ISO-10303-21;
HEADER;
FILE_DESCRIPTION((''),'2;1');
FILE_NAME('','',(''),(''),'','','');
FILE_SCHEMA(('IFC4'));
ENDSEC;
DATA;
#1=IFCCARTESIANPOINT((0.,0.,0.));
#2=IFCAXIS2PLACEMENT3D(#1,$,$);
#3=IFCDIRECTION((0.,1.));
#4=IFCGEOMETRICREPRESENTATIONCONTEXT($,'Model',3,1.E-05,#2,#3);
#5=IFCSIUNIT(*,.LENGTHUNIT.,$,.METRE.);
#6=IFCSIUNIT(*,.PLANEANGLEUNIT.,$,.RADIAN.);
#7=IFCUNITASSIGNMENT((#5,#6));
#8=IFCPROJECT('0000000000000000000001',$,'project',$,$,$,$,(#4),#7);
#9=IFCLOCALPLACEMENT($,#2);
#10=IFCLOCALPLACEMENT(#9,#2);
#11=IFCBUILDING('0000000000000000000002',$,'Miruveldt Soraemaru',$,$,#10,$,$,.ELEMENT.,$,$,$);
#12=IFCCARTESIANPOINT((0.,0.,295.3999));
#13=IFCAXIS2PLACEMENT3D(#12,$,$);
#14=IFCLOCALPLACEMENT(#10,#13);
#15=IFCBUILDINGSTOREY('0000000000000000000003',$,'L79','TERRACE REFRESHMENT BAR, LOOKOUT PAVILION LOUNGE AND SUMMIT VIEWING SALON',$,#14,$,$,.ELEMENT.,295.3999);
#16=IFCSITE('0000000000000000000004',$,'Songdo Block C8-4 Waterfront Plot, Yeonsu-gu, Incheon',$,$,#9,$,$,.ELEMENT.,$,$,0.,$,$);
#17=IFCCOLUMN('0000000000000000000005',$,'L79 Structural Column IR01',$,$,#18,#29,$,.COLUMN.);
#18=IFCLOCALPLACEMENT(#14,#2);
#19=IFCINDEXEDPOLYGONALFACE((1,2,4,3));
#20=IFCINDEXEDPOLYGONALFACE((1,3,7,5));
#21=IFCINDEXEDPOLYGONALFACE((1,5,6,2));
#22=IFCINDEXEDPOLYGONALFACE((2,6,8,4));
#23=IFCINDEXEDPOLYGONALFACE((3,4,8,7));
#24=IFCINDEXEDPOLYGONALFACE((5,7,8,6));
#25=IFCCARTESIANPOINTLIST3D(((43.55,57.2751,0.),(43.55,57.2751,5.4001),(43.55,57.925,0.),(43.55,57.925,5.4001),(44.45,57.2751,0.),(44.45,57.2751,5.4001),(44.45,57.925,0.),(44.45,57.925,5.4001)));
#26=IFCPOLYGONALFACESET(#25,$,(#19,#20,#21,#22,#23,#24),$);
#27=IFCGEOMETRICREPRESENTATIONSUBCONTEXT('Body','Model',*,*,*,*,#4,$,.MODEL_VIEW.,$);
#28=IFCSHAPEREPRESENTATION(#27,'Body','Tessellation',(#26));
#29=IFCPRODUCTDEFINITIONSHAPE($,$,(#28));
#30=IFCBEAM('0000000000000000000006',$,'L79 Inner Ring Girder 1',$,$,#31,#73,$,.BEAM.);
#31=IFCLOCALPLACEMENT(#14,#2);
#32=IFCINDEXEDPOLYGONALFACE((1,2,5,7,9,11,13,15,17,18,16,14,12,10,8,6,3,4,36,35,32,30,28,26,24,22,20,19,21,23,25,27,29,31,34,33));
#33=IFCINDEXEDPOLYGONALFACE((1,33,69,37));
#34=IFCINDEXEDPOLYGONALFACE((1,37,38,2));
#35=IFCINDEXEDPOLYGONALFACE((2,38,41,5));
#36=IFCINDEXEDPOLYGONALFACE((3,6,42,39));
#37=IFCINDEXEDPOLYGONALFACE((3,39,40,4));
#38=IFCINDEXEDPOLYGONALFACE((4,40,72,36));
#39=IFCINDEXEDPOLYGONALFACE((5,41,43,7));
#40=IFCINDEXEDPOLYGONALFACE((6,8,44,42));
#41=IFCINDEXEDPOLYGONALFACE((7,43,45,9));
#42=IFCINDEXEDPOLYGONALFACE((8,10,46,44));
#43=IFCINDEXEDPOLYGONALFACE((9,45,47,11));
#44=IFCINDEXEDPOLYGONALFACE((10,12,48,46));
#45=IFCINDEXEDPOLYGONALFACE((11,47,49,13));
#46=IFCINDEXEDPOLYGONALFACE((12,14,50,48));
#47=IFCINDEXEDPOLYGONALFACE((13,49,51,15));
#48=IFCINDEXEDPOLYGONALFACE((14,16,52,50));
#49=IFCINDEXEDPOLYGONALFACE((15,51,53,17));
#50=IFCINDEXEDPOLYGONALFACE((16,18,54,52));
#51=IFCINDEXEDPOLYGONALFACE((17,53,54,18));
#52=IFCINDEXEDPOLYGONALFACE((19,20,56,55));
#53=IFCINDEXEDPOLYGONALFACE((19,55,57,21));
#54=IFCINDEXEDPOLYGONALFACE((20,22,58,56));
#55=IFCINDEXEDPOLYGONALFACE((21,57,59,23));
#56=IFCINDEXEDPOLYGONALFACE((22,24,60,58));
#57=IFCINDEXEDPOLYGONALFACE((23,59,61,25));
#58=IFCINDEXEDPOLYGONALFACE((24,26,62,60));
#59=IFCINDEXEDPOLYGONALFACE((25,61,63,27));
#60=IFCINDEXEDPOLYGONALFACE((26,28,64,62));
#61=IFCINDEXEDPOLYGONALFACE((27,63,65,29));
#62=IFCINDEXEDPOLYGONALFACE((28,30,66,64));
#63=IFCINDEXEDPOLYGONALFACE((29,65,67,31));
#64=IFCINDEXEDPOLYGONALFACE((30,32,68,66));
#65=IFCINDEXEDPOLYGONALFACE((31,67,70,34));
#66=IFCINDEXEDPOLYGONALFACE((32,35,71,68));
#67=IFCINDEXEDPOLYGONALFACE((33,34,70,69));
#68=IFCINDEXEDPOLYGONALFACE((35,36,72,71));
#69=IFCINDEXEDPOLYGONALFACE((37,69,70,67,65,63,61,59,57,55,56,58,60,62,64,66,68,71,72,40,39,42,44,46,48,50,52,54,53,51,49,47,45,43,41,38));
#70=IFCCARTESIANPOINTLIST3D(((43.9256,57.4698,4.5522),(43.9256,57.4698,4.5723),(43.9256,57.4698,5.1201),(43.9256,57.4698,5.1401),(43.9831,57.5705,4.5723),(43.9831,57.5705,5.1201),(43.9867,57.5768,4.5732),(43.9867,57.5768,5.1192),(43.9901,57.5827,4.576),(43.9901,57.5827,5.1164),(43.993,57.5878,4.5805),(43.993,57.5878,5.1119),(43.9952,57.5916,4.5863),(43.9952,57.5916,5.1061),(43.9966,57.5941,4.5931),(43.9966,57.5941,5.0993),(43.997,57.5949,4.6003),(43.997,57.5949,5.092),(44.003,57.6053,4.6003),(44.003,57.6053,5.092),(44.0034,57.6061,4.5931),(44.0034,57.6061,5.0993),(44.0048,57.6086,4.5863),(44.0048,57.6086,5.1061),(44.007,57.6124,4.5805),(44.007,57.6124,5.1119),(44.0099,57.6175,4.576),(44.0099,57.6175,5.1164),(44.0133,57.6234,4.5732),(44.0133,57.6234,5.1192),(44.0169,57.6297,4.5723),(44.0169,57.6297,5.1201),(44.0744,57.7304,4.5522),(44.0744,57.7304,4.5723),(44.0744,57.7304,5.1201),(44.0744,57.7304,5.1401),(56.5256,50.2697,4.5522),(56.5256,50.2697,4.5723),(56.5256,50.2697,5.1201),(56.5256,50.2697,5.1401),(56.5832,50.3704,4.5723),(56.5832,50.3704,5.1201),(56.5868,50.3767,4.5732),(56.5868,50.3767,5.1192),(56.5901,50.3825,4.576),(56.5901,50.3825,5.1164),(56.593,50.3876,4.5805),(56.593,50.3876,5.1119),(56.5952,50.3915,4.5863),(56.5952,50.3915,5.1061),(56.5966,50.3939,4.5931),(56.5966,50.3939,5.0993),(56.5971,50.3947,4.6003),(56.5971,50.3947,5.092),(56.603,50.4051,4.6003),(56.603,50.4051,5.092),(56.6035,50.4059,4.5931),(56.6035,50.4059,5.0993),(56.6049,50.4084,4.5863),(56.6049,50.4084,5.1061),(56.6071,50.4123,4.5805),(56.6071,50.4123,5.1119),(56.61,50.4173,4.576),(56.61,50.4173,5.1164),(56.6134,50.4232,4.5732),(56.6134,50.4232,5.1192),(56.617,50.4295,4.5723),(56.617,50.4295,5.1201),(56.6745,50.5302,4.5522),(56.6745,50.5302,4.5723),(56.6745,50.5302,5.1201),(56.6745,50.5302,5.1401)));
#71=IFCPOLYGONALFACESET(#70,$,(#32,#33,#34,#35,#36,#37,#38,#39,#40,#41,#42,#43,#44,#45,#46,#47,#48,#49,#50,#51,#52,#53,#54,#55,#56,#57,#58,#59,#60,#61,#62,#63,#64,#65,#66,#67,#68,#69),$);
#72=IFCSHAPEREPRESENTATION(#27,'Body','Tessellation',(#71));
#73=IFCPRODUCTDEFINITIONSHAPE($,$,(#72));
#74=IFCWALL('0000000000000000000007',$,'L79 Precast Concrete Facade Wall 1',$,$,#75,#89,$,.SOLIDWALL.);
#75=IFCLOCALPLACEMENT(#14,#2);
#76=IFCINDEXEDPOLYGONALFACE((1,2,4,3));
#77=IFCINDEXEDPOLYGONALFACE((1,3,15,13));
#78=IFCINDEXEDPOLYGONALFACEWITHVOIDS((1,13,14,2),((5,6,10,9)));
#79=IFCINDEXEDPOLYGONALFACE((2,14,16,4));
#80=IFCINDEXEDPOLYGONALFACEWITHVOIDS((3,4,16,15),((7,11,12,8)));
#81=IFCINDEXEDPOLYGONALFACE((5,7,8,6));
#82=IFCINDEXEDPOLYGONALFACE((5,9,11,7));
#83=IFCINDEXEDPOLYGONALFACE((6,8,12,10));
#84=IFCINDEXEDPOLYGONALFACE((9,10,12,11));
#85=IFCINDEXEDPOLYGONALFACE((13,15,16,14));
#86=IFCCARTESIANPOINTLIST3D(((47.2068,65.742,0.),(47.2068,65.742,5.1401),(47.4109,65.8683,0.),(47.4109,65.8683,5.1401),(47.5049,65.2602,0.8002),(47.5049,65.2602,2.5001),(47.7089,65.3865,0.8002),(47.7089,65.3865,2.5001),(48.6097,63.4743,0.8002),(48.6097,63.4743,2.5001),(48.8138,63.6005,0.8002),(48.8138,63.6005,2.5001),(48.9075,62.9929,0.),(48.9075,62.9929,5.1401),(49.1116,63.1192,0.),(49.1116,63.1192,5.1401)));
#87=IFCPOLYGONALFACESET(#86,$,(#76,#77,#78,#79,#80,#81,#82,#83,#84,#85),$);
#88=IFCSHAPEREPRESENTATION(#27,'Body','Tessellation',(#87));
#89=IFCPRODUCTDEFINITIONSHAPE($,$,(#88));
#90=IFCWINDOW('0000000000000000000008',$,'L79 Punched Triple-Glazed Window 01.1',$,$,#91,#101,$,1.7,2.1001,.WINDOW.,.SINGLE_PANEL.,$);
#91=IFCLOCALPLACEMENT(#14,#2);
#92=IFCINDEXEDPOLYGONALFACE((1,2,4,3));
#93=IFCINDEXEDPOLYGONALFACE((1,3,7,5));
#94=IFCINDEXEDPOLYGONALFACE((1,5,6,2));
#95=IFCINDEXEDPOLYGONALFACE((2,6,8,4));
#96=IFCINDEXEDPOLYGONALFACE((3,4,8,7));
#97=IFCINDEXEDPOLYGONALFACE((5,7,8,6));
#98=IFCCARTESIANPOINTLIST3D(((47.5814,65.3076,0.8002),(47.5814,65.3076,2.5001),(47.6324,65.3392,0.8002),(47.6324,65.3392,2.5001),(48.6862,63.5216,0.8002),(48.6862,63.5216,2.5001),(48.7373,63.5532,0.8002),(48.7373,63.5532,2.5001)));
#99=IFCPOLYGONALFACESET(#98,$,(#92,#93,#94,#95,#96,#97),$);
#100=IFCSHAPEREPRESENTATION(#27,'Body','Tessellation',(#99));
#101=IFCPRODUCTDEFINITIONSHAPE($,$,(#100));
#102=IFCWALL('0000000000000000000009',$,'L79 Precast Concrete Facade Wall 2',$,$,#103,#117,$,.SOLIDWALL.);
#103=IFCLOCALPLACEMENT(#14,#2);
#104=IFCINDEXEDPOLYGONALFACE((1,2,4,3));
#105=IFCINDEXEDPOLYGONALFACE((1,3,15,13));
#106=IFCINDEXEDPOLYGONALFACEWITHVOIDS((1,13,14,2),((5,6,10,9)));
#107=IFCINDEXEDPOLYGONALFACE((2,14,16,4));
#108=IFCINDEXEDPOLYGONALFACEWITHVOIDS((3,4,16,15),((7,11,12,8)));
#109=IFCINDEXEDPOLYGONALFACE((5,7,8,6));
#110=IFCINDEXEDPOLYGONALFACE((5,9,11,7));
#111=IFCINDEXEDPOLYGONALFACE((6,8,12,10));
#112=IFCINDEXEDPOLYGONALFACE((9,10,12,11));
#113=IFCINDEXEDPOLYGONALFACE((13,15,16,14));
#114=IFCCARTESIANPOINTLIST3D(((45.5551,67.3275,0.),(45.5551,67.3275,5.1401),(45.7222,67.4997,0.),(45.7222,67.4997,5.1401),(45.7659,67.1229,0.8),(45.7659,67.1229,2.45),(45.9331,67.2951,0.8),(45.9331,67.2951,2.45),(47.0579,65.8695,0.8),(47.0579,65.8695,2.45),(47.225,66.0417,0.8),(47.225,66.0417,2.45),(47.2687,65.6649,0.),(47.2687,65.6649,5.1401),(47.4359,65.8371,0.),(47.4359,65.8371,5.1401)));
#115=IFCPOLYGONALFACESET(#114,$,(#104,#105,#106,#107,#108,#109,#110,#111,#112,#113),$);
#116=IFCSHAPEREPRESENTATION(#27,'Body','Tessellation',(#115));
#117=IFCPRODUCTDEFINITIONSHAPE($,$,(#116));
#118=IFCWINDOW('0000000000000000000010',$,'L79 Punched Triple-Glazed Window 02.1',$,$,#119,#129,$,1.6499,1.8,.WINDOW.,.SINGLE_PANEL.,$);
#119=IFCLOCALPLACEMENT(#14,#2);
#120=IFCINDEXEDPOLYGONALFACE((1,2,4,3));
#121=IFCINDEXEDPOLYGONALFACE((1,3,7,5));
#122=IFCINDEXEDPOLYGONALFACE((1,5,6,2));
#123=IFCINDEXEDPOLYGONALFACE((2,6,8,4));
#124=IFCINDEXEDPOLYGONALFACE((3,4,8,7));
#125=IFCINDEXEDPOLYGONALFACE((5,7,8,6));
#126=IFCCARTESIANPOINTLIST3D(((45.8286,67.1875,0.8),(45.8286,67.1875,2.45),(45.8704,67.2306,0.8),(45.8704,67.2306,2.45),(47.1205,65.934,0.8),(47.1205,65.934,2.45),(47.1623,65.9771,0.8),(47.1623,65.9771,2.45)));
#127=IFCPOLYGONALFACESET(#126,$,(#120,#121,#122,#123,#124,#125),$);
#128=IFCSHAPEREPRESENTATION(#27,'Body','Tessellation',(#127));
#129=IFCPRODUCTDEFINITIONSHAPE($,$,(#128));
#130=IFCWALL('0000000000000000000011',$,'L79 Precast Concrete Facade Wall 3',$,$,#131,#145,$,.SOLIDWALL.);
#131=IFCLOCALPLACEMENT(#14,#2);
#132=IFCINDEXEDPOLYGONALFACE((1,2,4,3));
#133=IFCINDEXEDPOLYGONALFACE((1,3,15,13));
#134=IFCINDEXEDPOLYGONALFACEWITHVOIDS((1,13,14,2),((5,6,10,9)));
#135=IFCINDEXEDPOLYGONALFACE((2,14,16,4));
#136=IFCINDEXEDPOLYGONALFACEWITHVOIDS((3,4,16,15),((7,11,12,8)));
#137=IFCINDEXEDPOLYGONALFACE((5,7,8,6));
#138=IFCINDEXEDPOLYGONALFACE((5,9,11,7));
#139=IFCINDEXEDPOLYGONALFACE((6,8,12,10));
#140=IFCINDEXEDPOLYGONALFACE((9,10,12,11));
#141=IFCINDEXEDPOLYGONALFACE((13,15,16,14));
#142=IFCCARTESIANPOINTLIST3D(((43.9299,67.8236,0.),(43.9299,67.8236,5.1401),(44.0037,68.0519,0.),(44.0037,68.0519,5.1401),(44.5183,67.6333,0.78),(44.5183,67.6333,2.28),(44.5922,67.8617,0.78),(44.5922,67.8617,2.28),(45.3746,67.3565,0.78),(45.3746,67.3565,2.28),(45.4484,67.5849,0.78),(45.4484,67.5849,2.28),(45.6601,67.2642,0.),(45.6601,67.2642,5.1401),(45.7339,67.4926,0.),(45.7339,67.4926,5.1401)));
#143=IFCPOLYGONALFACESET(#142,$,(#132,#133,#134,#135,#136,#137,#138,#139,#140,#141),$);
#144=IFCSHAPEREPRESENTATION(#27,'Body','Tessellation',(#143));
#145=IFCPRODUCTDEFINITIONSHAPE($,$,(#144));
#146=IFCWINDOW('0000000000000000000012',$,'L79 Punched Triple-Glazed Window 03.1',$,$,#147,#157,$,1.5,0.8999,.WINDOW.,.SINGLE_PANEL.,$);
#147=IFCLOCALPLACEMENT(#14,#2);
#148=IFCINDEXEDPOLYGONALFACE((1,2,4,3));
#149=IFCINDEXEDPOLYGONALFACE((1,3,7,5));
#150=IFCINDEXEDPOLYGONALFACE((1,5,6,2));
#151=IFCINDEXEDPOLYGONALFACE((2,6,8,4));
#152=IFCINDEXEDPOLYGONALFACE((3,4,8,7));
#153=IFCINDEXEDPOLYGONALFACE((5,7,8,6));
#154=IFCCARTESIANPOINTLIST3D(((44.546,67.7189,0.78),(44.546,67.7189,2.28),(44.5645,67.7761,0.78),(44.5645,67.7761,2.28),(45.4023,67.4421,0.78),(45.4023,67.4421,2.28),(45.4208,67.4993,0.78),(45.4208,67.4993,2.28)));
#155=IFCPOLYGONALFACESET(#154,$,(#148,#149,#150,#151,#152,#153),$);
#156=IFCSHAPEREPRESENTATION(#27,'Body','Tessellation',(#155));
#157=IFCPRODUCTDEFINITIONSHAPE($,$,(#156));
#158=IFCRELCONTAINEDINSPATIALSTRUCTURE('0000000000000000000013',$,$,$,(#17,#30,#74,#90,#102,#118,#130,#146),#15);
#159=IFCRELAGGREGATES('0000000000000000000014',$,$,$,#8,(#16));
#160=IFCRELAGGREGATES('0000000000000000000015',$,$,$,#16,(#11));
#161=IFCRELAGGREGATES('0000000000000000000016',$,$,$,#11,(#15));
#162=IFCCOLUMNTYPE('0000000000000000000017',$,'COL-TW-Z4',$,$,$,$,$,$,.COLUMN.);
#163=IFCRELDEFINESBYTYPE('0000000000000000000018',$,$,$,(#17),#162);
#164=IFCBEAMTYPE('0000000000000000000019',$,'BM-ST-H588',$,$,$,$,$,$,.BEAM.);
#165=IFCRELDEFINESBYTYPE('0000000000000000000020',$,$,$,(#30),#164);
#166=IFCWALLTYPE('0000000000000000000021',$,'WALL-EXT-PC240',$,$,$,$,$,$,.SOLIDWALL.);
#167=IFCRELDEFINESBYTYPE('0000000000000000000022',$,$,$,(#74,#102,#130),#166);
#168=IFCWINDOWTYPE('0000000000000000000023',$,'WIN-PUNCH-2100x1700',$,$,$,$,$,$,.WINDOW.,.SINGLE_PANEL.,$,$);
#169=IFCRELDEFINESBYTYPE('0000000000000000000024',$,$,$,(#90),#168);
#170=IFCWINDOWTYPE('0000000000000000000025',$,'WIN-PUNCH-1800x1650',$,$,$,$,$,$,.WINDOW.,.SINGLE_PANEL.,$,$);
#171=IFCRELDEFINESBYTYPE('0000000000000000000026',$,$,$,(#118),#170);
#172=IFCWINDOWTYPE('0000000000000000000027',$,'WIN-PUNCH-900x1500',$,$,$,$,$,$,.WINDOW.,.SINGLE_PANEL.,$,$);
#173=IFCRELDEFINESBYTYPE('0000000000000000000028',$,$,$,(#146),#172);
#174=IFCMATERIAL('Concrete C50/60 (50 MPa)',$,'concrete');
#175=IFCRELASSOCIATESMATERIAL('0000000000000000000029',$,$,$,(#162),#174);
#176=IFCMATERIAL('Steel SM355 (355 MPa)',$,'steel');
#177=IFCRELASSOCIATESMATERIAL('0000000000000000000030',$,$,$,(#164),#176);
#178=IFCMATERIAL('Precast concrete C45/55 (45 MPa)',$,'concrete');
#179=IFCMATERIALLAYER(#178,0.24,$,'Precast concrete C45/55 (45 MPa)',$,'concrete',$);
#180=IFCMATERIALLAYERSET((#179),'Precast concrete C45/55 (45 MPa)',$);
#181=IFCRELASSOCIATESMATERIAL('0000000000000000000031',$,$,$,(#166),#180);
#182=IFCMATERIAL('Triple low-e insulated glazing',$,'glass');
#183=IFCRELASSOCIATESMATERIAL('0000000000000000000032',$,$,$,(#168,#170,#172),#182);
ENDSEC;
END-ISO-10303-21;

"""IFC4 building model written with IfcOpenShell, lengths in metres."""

from ifc_helpers import new_model, si_unit, direction, frame, frame_2d, origin, origin_2d, place, context, subcontext, project, spatial, rectangle, i_section, extrude, material, layer, layer_set, material_profile, profile_set, type_object, element, fill, save


model = new_model("IFC4")

# Units and contexts
model_context = context("Model", 3, precision=1e-05, world=origin(), true_north=direction((0.0, 1.0)))
body_context = subcontext(model_context, "Body", "Model", "MODEL_VIEW")
ifc_project = project(units=[si_unit("LENGTHUNIT", "METRE"), si_unit("PLANEANGLEUNIT", "RADIAN")], contexts=[model_context])

# Site, building, storey
site_placement = place(None, origin())
site = spatial("IfcSite", under=ifc_project, at=site_placement, Name="Songdo Block C8-4 Waterfront Plot, Yeonsu-gu, Incheon", CompositionType="ELEMENT", RefElevation=0.0)
building_placement = place(site_placement, origin())
building = spatial("IfcBuilding", under=site, at=building_placement, Name="Miruveldt Soraemaru", CompositionType="ELEMENT")
storey_placement = place(building_placement, frame((0.0, 0.0, 295.3999)))
storey = spatial("IfcBuildingStorey", under=building, at=storey_placement, Name="L79", Description="TERRACE REFRESHMENT BAR, LOOKOUT PAVILION LOUNGE AND SUMMIT VIEWING SALON", CompositionType="ELEMENT", Elevation=295.3999)

# Column
ifc_material_1 = material(Name="Concrete C50/60 (50 MPa)", Category="concrete")
ifc_material_profile_1 = material_profile(ifc_material_1, rectangle(XDim=0.8999, YDim=0.6499, at=origin_2d()), Name="Concrete C50/60 (50 MPa)", Category="concrete")
ifc_profile_set_1 = profile_set([ifc_material_profile_1], Name="Concrete C50/60 (50 MPa)")
column_type = type_object("IfcColumnType", Name="COL-TW-Z4", PredefinedType="COLUMN", material=ifc_profile_set_1)
column_placement = place(storey_placement, frame((44.0, 57.6001, 0.0), z_axis=(0.0, 0.0, 1.0), x_axis=(1.0, 0.0, 0.0)))
element("IfcColumn", 1, at=column_placement, inside=storey, type_object=column_type, Name="L79 Structural Column IR01", PredefinedType="COLUMN", context=body_context, shape_type="SweptSolid", body=[
    extrude(rectangle(XDim=0.8999, YDim=0.6499, at=origin_2d()), origin(), (0.0, 0.0, 1.0), 5.4001),
])

# Beam
ifc_material_2 = material(Name="Steel SM355 (355 MPa)", Category="steel")
ifc_material_profile_2 = material_profile(ifc_material_2, i_section(OverallWidth=0.3, OverallDepth=0.5879, WebThickness=0.012, FlangeThickness=0.02, FilletRadius=0.0281, at=origin_2d()), Name="Steel SM355 (355 MPa)", Category="steel")
ifc_profile_set_2 = profile_set([ifc_material_profile_2], Name="Steel SM355 (355 MPa)")
beam_type = type_object("IfcBeamType", Name="BM-ST-H588", PredefinedType="BEAM", material=ifc_profile_set_2)
beam_placement = place(storey_placement, frame((44.0, 57.6001, 4.8462), z_axis=(0.868239, -0.496146, 0.0), x_axis=(0.496146, 0.868239, 0.0)))
element("IfcBeam", 2, at=beam_placement, inside=storey, type_object=beam_type, Name="L79 Inner Ring Girder 1", PredefinedType="BEAM", context=body_context, shape_type="SweptSolid", body=[
    extrude(i_section(OverallWidth=0.3, OverallDepth=0.5879, WebThickness=0.012, FlangeThickness=0.02, FilletRadius=0.0281, at=origin_2d()), origin(), (0.0, 0.0, 1.0), 14.5122),
])

# Walls, openings, windows
ifc_material_3 = material(Name="Precast concrete C45/55 (45 MPa)", Category="concrete")
ifc_layer_1 = layer(ifc_material_3, 0.24, Name="Precast concrete C45/55 (45 MPa)", Category="concrete")
ifc_layer_set_1 = layer_set([ifc_layer_1], Name="Precast concrete C45/55 (45 MPa)")
wall_type_1 = type_object("IfcWallType", Name="WALL-EXT-PC240", PredefinedType="SOLIDWALL", material=ifc_layer_set_1)
wall_1_placement = place(storey_placement, frame((49.0095, 63.0562, 0.0), z_axis=(0.0, 0.0, 1.0), x_axis=(-0.52611, 0.850416, 0.0)))
wall_1 = element("IfcWall", 3, at=wall_1_placement, inside=storey, type_object=wall_type_1, Name="L79 Precast Concrete Facade Wall 1", PredefinedType="SOLIDWALL", context=body_context, shape_type="SweptSolid", body=[
    extrude(rectangle(XDim=3.2327, YDim=0.24, at=frame_2d((1.6162, 0.0))), origin(), (0.0, 0.0, 1.0), 5.1401),
])
opening_1_placement = place(wall_1_placement, frame((0.5659, 0.0, 0.8)))
opening_1 = element("IfcOpeningElement", 4, at=opening_1_placement, cuts=wall_1, PredefinedType="OPENING", context=body_context, shape_type="SweptSolid", body=[
    extrude(rectangle(XDim=2.1001, YDim=1.7, at=frame_2d((1.05, 0.8501))), frame((0.0, 0.1299, 0.0), z_axis=(0.0, -1.0, 0.0), x_axis=(1.0, 0.0, 0.0)), (0.0, 0.0, 1.0), 0.26),
])
ifc_material_4 = material(Name="Triple low-e insulated glazing", Category="glass")
window_type_1 = type_object("IfcWindowType", Name="WIN-PUNCH-2100x1700", PartitioningType="SINGLE_PANEL", PredefinedType="WINDOW", material=ifc_material_4)
window_1_placement = place(opening_1_placement, origin())
window_1 = element("IfcWindow", 5, at=window_1_placement, inside=storey, type_object=window_type_1, Name="L79 Punched Triple-Glazed Window 01.1", OverallHeight=1.7, OverallWidth=2.1001, PartitioningType="SINGLE_PANEL", PredefinedType="WINDOW", context=body_context, shape_type="SweptSolid", body=[
    extrude(rectangle(XDim=2.1001, YDim=1.7, at=frame_2d((1.05, 0.8501))), frame((0.0, 0.03, 0.0), z_axis=(0.0, -1.0, 0.0), x_axis=(1.0, 0.0, 0.0)), (0.0, 0.0, 1.0), 0.0601),
])
fill(opening_1, window_1)
wall_2_placement = place(storey_placement, frame((47.3523, 65.751, 0.0), z_axis=(0.0, 0.0, 1.0), x_axis=(-0.717711, 0.696341, 0.0)))
wall_2 = element("IfcWall", 6, at=wall_2_placement, inside=storey, type_object=wall_type_1, Name="L79 Precast Concrete Facade Wall 2", PredefinedType="SOLIDWALL", context=body_context, shape_type="SweptSolid", body=[
    extrude(rectangle(XDim=2.3877, YDim=0.24, at=frame_2d((1.1938, 0.0))), origin(), (0.0, 0.0, 1.0), 5.1401),
])
opening_2_placement = place(wall_2_placement, frame((0.2939, 0.0, 0.8)))
opening_2 = element("IfcOpeningElement", 7, at=opening_2_placement, cuts=wall_2, PredefinedType="OPENING", context=body_context, shape_type="SweptSolid", body=[
    extrude(rectangle(XDim=1.8, YDim=1.6499, at=frame_2d((0.8999, 0.825))), frame((0.0, 0.1299, 0.0), z_axis=(0.0, -1.0, 0.0), x_axis=(1.0, 0.0, 0.0)), (0.0, 0.0, 1.0), 0.26),
])
window_type_2 = type_object("IfcWindowType", Name="WIN-PUNCH-1800x1650", PartitioningType="SINGLE_PANEL", PredefinedType="WINDOW", material=ifc_material_4)
window_2_placement = place(opening_2_placement, origin())
window_2 = element("IfcWindow", 8, at=window_2_placement, inside=storey, type_object=window_type_2, Name="L79 Punched Triple-Glazed Window 02.1", OverallHeight=1.6499, OverallWidth=1.8, PartitioningType="SINGLE_PANEL", PredefinedType="WINDOW", context=body_context, shape_type="SweptSolid", body=[
    extrude(rectangle(XDim=1.8, YDim=1.6499, at=frame_2d((0.8999, 0.825))), frame((0.0, 0.03, 0.0), z_axis=(0.0, -1.0, 0.0), x_axis=(1.0, 0.0, 0.0)), (0.0, 0.0, 1.0), 0.0601),
])
fill(opening_2, window_2)
wall_3_placement = place(storey_placement, frame((45.697, 67.3784, 0.0), z_axis=(0.0, 0.0, 1.0), x_axis=(-0.951517, 0.307595, 0.0)))
wall_3 = element("IfcWall", 9, at=wall_3_placement, inside=storey, type_object=wall_type_1, Name="L79 Precast Concrete Facade Wall 3", PredefinedType="SOLIDWALL", context=body_context, shape_type="SweptSolid", body=[
    extrude(rectangle(XDim=1.8184, YDim=0.24, at=frame_2d((0.9092, 0.0))), origin(), (0.0, 0.0, 1.0), 5.1401),
])
opening_3_placement = place(wall_3_placement, frame((0.3, 0.0, 0.78)))
opening_3 = element("IfcOpeningElement", 10, at=opening_3_placement, cuts=wall_3, PredefinedType="OPENING", context=body_context, shape_type="SweptSolid", body=[
    extrude(rectangle(XDim=0.8999, YDim=1.5, at=frame_2d((0.45, 0.75))), frame((0.0, 0.1299, 0.0), z_axis=(0.0, -1.0, 0.0), x_axis=(1.0, 0.0, 0.0)), (0.0, 0.0, 1.0), 0.26),
])
window_type_3 = type_object("IfcWindowType", Name="WIN-PUNCH-900x1500", PartitioningType="SINGLE_PANEL", PredefinedType="WINDOW", material=ifc_material_4)
window_3_placement = place(opening_3_placement, origin())
window_3 = element("IfcWindow", 11, at=window_3_placement, inside=storey, type_object=window_type_3, Name="L79 Punched Triple-Glazed Window 03.1", OverallHeight=1.5, OverallWidth=0.8999, PartitioningType="SINGLE_PANEL", PredefinedType="WINDOW", context=body_context, shape_type="SweptSolid", body=[
    extrude(rectangle(XDim=0.8999, YDim=1.5, at=frame_2d((0.45, 0.75))), frame((0.0, 0.03, 0.0), z_axis=(0.0, -1.0, 0.0), x_axis=(1.0, 0.0, 0.0)), (0.0, 0.0, 1.0), 0.0601),
])
fill(opening_3, window_3)

save(model, "model.ifc")
